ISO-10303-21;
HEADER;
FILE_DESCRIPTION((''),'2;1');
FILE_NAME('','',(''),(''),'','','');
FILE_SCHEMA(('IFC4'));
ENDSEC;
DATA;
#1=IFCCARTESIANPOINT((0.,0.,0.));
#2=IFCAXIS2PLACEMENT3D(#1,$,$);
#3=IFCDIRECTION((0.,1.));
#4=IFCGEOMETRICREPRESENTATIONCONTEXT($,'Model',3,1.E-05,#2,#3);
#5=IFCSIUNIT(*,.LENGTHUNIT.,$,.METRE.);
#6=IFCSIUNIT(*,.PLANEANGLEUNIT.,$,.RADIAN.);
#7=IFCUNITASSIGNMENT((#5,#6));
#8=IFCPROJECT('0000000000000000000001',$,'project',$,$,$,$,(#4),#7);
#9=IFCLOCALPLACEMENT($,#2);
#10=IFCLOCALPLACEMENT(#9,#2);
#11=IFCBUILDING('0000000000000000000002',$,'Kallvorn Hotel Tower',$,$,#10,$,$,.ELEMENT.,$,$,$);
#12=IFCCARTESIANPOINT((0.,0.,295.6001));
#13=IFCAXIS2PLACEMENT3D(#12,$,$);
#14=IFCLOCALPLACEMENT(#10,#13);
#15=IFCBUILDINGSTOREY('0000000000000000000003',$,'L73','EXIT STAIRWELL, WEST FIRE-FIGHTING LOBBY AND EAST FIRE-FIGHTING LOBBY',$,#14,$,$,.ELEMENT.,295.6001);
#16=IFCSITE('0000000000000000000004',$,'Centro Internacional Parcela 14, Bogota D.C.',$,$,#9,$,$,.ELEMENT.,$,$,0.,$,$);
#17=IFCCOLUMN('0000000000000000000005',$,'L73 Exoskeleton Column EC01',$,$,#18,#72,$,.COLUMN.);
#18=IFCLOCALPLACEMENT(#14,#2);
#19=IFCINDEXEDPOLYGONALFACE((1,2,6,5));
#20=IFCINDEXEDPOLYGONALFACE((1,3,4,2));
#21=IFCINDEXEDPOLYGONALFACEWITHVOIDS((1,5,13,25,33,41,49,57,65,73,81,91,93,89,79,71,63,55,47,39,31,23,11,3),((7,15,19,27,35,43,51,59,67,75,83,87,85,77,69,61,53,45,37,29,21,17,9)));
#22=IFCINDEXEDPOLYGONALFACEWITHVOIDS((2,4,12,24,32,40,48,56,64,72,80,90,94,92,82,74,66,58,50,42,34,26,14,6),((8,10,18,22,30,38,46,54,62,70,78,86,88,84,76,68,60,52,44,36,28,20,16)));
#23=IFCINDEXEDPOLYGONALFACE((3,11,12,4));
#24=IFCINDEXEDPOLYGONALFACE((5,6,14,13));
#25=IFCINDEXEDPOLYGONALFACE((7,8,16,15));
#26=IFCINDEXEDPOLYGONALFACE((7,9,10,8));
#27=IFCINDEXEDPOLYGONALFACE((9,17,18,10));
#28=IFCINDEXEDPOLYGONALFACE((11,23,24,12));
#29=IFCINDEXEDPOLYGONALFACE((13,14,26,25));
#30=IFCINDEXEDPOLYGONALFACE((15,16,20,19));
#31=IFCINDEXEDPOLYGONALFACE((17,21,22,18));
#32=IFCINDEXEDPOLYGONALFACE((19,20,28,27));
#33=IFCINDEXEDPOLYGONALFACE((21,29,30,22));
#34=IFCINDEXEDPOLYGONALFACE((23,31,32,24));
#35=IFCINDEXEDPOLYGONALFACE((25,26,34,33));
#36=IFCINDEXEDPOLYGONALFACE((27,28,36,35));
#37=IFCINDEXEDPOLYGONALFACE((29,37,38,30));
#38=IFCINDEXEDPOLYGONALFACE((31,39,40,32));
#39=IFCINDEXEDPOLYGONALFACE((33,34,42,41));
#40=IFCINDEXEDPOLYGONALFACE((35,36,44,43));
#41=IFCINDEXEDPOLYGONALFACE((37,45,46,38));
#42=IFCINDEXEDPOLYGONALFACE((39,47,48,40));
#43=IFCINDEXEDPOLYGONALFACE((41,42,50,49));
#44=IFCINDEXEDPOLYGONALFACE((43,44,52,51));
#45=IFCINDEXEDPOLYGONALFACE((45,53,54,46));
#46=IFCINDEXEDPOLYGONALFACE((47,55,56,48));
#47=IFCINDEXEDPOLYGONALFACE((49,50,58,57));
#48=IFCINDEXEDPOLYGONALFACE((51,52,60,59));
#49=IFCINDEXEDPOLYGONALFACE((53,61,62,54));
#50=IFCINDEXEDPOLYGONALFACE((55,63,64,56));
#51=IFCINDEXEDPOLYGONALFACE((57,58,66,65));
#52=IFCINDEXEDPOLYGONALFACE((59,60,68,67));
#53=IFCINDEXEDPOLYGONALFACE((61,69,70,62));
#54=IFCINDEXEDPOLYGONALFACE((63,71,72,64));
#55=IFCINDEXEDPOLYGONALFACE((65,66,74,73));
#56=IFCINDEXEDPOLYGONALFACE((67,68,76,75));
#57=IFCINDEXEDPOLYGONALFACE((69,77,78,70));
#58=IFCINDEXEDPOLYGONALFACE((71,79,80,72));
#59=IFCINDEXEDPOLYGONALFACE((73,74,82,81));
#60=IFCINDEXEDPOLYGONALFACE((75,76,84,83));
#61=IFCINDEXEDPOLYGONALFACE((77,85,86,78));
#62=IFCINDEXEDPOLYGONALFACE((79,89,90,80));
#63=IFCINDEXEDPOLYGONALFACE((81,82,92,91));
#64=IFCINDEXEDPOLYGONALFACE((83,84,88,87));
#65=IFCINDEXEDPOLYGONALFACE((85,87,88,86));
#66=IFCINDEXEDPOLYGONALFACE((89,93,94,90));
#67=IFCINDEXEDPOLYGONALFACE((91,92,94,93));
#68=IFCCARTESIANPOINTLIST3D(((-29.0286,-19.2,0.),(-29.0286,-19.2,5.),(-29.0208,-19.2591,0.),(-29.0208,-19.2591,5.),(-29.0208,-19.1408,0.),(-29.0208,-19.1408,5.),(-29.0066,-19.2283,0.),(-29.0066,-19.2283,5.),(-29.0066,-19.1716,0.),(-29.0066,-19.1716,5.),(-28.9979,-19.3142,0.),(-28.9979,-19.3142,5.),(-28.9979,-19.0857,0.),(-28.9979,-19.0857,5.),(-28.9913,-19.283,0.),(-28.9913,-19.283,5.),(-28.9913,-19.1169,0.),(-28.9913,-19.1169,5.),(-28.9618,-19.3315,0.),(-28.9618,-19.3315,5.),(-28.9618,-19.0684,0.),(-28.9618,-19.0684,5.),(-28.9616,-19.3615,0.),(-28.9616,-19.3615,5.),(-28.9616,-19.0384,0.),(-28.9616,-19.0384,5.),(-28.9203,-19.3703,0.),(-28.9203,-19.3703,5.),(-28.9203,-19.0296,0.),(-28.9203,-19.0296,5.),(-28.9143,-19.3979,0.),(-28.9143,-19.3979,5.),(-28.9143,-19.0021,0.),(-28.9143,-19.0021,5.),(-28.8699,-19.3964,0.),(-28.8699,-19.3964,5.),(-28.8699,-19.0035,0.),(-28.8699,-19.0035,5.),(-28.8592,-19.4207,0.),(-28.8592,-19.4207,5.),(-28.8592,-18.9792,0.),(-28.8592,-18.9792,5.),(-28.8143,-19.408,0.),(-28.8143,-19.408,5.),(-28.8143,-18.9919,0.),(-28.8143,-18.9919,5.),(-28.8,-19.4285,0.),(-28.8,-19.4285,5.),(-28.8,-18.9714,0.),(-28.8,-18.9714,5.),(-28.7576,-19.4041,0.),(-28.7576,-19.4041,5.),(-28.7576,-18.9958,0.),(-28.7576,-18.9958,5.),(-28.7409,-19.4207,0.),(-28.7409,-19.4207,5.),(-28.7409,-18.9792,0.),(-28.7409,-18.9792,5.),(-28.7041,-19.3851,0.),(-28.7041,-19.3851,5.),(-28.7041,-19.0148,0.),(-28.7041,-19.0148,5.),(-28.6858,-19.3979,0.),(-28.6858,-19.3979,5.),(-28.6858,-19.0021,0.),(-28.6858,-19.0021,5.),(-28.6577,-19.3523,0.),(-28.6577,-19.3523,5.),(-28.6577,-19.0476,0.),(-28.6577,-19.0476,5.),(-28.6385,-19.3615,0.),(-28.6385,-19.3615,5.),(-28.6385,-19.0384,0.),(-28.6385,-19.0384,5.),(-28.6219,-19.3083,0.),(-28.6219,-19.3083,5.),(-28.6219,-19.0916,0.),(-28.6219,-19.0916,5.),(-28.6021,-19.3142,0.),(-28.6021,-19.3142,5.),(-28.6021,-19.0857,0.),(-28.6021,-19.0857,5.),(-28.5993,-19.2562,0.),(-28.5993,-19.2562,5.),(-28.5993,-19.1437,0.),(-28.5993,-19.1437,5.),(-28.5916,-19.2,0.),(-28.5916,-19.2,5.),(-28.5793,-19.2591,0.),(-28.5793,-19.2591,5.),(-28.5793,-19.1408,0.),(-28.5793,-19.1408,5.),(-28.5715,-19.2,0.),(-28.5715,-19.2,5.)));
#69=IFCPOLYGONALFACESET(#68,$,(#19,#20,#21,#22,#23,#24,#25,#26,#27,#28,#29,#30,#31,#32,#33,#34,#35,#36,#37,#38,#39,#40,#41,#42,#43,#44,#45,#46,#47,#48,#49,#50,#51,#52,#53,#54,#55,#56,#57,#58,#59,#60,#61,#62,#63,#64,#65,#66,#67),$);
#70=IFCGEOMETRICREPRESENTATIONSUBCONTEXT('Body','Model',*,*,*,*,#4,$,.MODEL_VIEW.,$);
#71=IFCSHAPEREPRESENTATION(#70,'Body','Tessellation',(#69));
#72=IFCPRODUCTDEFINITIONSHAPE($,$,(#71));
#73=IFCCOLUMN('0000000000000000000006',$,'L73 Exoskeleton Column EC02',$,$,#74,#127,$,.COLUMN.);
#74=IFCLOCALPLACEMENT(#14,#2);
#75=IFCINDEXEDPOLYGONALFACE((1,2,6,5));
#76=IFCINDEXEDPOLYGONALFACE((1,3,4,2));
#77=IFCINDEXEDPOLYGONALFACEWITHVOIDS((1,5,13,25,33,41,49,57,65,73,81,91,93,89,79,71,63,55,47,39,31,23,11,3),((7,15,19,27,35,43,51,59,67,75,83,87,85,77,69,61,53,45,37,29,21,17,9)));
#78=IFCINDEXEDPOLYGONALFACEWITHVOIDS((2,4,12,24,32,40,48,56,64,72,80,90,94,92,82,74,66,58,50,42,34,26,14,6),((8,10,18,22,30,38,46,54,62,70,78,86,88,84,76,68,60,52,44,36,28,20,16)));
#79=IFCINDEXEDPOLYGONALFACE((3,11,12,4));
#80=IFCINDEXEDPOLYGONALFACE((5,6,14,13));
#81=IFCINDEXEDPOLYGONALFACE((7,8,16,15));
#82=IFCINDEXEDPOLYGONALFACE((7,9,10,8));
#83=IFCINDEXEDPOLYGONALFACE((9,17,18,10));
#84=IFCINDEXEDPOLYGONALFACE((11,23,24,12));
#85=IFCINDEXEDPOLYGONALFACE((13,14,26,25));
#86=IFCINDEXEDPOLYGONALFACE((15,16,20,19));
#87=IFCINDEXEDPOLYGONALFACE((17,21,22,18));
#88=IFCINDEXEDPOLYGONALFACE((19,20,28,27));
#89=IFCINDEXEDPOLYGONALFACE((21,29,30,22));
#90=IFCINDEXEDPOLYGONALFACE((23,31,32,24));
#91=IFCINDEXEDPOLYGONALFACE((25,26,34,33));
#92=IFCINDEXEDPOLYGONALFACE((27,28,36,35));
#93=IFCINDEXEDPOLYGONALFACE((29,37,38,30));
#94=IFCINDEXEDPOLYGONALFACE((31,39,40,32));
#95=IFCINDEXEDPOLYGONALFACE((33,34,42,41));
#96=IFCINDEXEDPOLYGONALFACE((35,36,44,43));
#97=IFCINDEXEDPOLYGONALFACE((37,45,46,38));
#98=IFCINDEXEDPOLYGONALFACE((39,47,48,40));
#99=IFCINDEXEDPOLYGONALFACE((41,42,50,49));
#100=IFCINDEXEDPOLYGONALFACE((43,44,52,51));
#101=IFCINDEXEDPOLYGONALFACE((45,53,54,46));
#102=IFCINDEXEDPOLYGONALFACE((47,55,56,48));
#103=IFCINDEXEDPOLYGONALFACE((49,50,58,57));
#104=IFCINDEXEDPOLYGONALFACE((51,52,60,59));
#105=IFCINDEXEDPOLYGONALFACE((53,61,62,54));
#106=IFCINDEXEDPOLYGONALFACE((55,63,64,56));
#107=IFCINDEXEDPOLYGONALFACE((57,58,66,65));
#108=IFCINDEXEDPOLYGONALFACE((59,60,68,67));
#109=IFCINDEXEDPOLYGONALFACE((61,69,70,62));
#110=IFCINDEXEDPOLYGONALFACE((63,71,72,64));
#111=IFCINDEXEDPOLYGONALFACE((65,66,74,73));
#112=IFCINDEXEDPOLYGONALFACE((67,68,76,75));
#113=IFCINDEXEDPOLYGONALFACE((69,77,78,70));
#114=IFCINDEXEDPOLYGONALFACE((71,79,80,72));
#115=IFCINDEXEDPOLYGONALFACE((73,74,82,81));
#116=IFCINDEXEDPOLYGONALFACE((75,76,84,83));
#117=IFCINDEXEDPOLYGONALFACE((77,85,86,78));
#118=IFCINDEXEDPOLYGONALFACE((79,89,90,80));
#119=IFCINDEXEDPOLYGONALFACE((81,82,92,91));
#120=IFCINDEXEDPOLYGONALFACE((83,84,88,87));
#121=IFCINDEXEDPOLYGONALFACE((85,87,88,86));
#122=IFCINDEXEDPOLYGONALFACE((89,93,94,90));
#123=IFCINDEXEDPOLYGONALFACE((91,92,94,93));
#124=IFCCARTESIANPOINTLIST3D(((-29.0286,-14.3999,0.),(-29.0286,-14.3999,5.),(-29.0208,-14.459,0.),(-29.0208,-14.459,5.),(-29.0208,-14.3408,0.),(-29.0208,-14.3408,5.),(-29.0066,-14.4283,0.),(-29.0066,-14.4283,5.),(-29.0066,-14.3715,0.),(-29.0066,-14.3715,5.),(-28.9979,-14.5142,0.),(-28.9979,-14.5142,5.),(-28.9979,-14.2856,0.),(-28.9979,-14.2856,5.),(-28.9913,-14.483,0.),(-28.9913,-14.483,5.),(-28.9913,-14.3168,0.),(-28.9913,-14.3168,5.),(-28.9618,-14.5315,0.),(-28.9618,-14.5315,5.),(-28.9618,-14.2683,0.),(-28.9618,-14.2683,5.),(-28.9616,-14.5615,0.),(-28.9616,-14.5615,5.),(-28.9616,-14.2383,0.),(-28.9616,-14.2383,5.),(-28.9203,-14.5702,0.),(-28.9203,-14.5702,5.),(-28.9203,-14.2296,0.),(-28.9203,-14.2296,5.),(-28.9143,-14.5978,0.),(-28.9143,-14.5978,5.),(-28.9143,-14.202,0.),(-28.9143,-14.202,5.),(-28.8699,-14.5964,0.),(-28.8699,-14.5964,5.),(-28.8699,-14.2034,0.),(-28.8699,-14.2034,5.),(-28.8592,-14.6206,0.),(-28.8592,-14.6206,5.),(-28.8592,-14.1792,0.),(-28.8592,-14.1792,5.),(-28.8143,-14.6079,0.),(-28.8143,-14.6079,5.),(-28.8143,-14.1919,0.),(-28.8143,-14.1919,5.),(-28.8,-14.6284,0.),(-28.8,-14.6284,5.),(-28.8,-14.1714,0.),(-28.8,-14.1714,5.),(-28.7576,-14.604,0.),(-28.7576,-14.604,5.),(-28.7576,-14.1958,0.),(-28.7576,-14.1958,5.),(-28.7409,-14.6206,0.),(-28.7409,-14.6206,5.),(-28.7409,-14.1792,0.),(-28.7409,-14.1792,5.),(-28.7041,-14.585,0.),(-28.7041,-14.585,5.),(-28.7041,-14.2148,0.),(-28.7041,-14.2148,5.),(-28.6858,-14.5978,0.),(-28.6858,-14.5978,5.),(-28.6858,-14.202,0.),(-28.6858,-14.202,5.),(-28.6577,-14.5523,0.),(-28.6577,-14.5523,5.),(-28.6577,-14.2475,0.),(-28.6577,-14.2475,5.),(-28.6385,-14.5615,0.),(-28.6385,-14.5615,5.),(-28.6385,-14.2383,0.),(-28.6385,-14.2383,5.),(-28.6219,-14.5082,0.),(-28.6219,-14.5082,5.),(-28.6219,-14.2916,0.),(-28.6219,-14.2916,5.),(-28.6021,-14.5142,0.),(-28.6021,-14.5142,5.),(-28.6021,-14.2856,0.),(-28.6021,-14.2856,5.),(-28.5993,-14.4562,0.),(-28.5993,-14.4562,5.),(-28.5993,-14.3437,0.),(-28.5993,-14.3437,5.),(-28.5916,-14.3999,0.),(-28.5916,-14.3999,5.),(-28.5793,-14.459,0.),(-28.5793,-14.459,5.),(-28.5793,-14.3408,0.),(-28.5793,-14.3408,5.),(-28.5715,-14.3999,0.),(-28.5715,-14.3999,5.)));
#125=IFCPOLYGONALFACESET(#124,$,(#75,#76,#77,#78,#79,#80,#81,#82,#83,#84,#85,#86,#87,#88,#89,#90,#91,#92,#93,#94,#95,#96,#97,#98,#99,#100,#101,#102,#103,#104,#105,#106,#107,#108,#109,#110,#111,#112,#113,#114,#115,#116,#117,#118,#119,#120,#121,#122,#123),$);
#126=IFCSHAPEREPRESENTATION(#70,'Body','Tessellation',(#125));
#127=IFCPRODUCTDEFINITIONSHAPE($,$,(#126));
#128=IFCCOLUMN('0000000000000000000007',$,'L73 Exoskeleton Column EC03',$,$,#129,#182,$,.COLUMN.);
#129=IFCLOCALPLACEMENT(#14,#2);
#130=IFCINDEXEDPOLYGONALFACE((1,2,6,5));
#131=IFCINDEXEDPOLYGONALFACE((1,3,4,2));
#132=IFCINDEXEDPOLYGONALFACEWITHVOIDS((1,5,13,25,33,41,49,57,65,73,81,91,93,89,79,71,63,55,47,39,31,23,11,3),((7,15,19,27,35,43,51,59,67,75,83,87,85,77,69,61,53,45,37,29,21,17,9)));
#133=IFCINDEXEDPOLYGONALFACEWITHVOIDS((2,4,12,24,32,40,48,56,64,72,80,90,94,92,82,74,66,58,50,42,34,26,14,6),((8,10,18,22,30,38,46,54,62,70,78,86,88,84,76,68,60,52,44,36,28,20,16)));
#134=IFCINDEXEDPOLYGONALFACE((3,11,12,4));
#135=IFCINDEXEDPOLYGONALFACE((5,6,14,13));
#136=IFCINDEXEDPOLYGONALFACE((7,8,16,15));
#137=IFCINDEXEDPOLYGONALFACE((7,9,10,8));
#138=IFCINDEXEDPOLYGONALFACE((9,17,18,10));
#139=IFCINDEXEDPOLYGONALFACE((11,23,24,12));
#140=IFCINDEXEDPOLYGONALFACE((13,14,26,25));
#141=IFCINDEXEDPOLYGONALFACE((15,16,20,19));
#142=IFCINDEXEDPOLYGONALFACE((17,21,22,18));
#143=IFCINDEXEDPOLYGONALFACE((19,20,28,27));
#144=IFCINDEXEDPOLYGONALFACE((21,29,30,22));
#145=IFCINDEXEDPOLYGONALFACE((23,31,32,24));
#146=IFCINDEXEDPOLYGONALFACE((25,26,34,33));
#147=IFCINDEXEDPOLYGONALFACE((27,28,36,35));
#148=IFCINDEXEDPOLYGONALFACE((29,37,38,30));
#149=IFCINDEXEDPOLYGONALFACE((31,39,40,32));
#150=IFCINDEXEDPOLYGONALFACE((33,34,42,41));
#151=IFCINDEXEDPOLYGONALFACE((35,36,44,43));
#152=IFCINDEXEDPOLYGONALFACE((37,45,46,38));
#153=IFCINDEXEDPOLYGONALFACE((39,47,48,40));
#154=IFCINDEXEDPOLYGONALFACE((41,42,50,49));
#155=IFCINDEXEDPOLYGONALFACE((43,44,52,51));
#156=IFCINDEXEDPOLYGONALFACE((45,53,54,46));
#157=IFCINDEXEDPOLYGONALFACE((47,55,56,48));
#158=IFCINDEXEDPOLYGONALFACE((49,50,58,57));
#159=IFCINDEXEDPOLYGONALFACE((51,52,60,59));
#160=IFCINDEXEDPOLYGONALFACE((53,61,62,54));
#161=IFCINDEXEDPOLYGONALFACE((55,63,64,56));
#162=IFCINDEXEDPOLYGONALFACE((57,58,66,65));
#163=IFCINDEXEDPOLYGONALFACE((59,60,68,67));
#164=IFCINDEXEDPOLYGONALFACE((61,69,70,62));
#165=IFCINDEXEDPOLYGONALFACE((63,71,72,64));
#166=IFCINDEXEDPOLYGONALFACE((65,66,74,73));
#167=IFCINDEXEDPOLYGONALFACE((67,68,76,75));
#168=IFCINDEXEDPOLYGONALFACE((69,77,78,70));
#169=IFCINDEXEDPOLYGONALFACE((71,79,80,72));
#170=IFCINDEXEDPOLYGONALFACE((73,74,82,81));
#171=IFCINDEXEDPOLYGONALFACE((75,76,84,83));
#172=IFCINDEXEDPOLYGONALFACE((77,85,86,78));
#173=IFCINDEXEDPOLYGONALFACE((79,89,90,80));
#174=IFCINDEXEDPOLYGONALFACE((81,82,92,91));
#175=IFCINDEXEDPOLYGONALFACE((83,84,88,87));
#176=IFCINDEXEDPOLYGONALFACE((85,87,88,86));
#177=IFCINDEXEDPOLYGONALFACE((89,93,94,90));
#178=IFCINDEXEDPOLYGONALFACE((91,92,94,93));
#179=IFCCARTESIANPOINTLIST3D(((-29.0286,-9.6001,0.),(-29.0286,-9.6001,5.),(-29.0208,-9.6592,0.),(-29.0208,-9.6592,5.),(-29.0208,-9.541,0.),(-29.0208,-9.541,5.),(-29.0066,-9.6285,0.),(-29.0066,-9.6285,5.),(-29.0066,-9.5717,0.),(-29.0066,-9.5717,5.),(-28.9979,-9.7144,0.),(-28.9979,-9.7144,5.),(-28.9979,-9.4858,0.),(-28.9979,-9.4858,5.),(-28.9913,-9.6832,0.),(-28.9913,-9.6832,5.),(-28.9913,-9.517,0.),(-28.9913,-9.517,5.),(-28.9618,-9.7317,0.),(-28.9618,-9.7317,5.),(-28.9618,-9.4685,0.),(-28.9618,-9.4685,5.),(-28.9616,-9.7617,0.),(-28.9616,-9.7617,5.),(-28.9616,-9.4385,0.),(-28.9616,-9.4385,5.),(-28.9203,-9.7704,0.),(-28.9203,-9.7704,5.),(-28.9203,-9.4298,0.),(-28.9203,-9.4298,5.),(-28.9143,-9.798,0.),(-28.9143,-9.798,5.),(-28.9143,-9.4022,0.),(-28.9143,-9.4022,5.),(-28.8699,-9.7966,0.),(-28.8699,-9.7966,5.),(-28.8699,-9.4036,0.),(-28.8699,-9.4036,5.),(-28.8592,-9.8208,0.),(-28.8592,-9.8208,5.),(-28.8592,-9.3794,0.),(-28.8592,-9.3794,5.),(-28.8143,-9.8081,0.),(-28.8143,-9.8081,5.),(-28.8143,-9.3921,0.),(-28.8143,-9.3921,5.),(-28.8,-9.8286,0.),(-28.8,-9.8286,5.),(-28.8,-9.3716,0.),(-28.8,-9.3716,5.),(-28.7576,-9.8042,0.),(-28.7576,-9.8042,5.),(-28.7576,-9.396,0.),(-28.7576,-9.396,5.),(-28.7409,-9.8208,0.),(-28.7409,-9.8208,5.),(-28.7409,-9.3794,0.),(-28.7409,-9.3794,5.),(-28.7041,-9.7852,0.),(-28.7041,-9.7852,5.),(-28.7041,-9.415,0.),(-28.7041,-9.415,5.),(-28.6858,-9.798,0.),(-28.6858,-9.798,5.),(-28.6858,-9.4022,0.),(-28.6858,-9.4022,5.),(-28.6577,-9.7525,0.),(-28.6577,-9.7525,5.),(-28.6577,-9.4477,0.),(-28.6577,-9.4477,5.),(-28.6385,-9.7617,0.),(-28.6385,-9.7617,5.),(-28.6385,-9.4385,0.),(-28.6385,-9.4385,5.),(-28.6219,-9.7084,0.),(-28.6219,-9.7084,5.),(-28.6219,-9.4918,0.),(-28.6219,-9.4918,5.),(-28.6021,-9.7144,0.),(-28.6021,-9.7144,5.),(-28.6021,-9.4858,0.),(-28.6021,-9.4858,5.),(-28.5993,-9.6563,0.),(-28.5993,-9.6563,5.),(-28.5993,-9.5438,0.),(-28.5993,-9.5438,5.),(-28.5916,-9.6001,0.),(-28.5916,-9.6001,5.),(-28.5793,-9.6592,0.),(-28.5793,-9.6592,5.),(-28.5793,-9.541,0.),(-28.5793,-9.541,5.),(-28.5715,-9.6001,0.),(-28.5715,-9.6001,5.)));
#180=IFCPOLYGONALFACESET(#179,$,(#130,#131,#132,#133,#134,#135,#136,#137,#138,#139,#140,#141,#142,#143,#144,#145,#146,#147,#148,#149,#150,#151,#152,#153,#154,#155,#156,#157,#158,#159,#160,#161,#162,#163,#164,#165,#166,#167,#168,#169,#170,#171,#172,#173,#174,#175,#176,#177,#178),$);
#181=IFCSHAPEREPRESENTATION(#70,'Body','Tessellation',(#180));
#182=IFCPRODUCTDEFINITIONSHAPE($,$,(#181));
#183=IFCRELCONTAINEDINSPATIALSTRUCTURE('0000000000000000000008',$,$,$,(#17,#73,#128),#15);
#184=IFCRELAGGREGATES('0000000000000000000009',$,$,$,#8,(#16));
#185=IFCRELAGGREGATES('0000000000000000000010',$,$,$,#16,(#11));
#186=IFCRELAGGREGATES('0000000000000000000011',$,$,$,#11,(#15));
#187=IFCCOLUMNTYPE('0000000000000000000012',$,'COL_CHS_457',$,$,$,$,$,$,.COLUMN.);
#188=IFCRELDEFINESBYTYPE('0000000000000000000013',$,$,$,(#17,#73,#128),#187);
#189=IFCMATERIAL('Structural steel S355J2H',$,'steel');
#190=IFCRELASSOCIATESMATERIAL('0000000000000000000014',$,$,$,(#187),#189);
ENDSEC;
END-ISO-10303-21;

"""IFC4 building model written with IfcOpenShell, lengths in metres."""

from ifc_helpers import new_model, si_unit, direction, frame, origin, origin_2d, place, context, subcontext, project, spatial, hollow_circle, extrude, material, material_profile, profile_set, type_object, element, save


model = new_model("IFC4")

# Units and contexts
model_context = context("Model", 3, precision=1e-05, world=origin(), true_north=direction((0.0, 1.0)))
body_context = subcontext(model_context, "Body", "Model", "MODEL_VIEW")
ifc_project = project(units=[si_unit("LENGTHUNIT", "METRE"), si_unit("PLANEANGLEUNIT", "RADIAN")], contexts=[model_context])

# Site, building, storey
site_placement = place(None, origin())
site = spatial("IfcSite", under=ifc_project, at=site_placement, Name="Centro Internacional Parcela 14, Bogota D.C.", CompositionType="ELEMENT", RefElevation=0.0)
building_placement = place(site_placement, origin())
building = spatial("IfcBuilding", under=site, at=building_placement, Name="Kallvorn Hotel Tower", CompositionType="ELEMENT")
storey_placement = place(building_placement, frame((0.0, 0.0, 295.6001)))
storey = spatial("IfcBuildingStorey", under=building, at=storey_placement, Name="L73", Description="EXIT STAIRWELL, WEST FIRE-FIGHTING LOBBY AND EAST FIRE-FIGHTING LOBBY", CompositionType="ELEMENT", Elevation=295.6001)

# Columns
ifc_material_1 = material(Name="Structural steel S355J2H", Category="steel")
ifc_material_profile_1 = material_profile(ifc_material_1, hollow_circle(Radius=0.2285, WallThickness=0.02, at=origin_2d()), Name="CHS 457x20")
ifc_profile_set_1 = profile_set([ifc_material_profile_1], Name="Structural steel S355J2H")
column_type_1 = type_object("IfcColumnType", Name="COL_CHS_457", PredefinedType="COLUMN", material=ifc_profile_set_1)
for number, where, z_axis, x_axis, name in (
    (1, (-28.8, -19.2, 0.0), (0.0, 0.0, 1.0), (1.0, 0.0, 0.0), "L73 Exoskeleton Column EC01"),
    (2, (-28.8, -14.3999, 0.0), (0.0, 0.0, 1.0), (1.0, 0.0, 0.0), "L73 Exoskeleton Column EC02"),
    (3, (-28.8, -9.6001, 0.0), (0.0, 0.0, 1.0), (1.0, 0.0, 0.0), "L73 Exoskeleton Column EC03"),
):
    element("IfcColumn", number, at=place(storey_placement, frame(where, z_axis=z_axis, x_axis=x_axis)), inside=storey, type_object=column_type_1, Name=name, PredefinedType="COLUMN", context=body_context, shape_type="SweptSolid", body=[
        extrude(hollow_circle(Radius=0.2285, WallThickness=0.02, at=origin_2d()), origin(), (0.0, 0.0, 1.0), 5.0),
    ])

save(model, "model.ifc")
